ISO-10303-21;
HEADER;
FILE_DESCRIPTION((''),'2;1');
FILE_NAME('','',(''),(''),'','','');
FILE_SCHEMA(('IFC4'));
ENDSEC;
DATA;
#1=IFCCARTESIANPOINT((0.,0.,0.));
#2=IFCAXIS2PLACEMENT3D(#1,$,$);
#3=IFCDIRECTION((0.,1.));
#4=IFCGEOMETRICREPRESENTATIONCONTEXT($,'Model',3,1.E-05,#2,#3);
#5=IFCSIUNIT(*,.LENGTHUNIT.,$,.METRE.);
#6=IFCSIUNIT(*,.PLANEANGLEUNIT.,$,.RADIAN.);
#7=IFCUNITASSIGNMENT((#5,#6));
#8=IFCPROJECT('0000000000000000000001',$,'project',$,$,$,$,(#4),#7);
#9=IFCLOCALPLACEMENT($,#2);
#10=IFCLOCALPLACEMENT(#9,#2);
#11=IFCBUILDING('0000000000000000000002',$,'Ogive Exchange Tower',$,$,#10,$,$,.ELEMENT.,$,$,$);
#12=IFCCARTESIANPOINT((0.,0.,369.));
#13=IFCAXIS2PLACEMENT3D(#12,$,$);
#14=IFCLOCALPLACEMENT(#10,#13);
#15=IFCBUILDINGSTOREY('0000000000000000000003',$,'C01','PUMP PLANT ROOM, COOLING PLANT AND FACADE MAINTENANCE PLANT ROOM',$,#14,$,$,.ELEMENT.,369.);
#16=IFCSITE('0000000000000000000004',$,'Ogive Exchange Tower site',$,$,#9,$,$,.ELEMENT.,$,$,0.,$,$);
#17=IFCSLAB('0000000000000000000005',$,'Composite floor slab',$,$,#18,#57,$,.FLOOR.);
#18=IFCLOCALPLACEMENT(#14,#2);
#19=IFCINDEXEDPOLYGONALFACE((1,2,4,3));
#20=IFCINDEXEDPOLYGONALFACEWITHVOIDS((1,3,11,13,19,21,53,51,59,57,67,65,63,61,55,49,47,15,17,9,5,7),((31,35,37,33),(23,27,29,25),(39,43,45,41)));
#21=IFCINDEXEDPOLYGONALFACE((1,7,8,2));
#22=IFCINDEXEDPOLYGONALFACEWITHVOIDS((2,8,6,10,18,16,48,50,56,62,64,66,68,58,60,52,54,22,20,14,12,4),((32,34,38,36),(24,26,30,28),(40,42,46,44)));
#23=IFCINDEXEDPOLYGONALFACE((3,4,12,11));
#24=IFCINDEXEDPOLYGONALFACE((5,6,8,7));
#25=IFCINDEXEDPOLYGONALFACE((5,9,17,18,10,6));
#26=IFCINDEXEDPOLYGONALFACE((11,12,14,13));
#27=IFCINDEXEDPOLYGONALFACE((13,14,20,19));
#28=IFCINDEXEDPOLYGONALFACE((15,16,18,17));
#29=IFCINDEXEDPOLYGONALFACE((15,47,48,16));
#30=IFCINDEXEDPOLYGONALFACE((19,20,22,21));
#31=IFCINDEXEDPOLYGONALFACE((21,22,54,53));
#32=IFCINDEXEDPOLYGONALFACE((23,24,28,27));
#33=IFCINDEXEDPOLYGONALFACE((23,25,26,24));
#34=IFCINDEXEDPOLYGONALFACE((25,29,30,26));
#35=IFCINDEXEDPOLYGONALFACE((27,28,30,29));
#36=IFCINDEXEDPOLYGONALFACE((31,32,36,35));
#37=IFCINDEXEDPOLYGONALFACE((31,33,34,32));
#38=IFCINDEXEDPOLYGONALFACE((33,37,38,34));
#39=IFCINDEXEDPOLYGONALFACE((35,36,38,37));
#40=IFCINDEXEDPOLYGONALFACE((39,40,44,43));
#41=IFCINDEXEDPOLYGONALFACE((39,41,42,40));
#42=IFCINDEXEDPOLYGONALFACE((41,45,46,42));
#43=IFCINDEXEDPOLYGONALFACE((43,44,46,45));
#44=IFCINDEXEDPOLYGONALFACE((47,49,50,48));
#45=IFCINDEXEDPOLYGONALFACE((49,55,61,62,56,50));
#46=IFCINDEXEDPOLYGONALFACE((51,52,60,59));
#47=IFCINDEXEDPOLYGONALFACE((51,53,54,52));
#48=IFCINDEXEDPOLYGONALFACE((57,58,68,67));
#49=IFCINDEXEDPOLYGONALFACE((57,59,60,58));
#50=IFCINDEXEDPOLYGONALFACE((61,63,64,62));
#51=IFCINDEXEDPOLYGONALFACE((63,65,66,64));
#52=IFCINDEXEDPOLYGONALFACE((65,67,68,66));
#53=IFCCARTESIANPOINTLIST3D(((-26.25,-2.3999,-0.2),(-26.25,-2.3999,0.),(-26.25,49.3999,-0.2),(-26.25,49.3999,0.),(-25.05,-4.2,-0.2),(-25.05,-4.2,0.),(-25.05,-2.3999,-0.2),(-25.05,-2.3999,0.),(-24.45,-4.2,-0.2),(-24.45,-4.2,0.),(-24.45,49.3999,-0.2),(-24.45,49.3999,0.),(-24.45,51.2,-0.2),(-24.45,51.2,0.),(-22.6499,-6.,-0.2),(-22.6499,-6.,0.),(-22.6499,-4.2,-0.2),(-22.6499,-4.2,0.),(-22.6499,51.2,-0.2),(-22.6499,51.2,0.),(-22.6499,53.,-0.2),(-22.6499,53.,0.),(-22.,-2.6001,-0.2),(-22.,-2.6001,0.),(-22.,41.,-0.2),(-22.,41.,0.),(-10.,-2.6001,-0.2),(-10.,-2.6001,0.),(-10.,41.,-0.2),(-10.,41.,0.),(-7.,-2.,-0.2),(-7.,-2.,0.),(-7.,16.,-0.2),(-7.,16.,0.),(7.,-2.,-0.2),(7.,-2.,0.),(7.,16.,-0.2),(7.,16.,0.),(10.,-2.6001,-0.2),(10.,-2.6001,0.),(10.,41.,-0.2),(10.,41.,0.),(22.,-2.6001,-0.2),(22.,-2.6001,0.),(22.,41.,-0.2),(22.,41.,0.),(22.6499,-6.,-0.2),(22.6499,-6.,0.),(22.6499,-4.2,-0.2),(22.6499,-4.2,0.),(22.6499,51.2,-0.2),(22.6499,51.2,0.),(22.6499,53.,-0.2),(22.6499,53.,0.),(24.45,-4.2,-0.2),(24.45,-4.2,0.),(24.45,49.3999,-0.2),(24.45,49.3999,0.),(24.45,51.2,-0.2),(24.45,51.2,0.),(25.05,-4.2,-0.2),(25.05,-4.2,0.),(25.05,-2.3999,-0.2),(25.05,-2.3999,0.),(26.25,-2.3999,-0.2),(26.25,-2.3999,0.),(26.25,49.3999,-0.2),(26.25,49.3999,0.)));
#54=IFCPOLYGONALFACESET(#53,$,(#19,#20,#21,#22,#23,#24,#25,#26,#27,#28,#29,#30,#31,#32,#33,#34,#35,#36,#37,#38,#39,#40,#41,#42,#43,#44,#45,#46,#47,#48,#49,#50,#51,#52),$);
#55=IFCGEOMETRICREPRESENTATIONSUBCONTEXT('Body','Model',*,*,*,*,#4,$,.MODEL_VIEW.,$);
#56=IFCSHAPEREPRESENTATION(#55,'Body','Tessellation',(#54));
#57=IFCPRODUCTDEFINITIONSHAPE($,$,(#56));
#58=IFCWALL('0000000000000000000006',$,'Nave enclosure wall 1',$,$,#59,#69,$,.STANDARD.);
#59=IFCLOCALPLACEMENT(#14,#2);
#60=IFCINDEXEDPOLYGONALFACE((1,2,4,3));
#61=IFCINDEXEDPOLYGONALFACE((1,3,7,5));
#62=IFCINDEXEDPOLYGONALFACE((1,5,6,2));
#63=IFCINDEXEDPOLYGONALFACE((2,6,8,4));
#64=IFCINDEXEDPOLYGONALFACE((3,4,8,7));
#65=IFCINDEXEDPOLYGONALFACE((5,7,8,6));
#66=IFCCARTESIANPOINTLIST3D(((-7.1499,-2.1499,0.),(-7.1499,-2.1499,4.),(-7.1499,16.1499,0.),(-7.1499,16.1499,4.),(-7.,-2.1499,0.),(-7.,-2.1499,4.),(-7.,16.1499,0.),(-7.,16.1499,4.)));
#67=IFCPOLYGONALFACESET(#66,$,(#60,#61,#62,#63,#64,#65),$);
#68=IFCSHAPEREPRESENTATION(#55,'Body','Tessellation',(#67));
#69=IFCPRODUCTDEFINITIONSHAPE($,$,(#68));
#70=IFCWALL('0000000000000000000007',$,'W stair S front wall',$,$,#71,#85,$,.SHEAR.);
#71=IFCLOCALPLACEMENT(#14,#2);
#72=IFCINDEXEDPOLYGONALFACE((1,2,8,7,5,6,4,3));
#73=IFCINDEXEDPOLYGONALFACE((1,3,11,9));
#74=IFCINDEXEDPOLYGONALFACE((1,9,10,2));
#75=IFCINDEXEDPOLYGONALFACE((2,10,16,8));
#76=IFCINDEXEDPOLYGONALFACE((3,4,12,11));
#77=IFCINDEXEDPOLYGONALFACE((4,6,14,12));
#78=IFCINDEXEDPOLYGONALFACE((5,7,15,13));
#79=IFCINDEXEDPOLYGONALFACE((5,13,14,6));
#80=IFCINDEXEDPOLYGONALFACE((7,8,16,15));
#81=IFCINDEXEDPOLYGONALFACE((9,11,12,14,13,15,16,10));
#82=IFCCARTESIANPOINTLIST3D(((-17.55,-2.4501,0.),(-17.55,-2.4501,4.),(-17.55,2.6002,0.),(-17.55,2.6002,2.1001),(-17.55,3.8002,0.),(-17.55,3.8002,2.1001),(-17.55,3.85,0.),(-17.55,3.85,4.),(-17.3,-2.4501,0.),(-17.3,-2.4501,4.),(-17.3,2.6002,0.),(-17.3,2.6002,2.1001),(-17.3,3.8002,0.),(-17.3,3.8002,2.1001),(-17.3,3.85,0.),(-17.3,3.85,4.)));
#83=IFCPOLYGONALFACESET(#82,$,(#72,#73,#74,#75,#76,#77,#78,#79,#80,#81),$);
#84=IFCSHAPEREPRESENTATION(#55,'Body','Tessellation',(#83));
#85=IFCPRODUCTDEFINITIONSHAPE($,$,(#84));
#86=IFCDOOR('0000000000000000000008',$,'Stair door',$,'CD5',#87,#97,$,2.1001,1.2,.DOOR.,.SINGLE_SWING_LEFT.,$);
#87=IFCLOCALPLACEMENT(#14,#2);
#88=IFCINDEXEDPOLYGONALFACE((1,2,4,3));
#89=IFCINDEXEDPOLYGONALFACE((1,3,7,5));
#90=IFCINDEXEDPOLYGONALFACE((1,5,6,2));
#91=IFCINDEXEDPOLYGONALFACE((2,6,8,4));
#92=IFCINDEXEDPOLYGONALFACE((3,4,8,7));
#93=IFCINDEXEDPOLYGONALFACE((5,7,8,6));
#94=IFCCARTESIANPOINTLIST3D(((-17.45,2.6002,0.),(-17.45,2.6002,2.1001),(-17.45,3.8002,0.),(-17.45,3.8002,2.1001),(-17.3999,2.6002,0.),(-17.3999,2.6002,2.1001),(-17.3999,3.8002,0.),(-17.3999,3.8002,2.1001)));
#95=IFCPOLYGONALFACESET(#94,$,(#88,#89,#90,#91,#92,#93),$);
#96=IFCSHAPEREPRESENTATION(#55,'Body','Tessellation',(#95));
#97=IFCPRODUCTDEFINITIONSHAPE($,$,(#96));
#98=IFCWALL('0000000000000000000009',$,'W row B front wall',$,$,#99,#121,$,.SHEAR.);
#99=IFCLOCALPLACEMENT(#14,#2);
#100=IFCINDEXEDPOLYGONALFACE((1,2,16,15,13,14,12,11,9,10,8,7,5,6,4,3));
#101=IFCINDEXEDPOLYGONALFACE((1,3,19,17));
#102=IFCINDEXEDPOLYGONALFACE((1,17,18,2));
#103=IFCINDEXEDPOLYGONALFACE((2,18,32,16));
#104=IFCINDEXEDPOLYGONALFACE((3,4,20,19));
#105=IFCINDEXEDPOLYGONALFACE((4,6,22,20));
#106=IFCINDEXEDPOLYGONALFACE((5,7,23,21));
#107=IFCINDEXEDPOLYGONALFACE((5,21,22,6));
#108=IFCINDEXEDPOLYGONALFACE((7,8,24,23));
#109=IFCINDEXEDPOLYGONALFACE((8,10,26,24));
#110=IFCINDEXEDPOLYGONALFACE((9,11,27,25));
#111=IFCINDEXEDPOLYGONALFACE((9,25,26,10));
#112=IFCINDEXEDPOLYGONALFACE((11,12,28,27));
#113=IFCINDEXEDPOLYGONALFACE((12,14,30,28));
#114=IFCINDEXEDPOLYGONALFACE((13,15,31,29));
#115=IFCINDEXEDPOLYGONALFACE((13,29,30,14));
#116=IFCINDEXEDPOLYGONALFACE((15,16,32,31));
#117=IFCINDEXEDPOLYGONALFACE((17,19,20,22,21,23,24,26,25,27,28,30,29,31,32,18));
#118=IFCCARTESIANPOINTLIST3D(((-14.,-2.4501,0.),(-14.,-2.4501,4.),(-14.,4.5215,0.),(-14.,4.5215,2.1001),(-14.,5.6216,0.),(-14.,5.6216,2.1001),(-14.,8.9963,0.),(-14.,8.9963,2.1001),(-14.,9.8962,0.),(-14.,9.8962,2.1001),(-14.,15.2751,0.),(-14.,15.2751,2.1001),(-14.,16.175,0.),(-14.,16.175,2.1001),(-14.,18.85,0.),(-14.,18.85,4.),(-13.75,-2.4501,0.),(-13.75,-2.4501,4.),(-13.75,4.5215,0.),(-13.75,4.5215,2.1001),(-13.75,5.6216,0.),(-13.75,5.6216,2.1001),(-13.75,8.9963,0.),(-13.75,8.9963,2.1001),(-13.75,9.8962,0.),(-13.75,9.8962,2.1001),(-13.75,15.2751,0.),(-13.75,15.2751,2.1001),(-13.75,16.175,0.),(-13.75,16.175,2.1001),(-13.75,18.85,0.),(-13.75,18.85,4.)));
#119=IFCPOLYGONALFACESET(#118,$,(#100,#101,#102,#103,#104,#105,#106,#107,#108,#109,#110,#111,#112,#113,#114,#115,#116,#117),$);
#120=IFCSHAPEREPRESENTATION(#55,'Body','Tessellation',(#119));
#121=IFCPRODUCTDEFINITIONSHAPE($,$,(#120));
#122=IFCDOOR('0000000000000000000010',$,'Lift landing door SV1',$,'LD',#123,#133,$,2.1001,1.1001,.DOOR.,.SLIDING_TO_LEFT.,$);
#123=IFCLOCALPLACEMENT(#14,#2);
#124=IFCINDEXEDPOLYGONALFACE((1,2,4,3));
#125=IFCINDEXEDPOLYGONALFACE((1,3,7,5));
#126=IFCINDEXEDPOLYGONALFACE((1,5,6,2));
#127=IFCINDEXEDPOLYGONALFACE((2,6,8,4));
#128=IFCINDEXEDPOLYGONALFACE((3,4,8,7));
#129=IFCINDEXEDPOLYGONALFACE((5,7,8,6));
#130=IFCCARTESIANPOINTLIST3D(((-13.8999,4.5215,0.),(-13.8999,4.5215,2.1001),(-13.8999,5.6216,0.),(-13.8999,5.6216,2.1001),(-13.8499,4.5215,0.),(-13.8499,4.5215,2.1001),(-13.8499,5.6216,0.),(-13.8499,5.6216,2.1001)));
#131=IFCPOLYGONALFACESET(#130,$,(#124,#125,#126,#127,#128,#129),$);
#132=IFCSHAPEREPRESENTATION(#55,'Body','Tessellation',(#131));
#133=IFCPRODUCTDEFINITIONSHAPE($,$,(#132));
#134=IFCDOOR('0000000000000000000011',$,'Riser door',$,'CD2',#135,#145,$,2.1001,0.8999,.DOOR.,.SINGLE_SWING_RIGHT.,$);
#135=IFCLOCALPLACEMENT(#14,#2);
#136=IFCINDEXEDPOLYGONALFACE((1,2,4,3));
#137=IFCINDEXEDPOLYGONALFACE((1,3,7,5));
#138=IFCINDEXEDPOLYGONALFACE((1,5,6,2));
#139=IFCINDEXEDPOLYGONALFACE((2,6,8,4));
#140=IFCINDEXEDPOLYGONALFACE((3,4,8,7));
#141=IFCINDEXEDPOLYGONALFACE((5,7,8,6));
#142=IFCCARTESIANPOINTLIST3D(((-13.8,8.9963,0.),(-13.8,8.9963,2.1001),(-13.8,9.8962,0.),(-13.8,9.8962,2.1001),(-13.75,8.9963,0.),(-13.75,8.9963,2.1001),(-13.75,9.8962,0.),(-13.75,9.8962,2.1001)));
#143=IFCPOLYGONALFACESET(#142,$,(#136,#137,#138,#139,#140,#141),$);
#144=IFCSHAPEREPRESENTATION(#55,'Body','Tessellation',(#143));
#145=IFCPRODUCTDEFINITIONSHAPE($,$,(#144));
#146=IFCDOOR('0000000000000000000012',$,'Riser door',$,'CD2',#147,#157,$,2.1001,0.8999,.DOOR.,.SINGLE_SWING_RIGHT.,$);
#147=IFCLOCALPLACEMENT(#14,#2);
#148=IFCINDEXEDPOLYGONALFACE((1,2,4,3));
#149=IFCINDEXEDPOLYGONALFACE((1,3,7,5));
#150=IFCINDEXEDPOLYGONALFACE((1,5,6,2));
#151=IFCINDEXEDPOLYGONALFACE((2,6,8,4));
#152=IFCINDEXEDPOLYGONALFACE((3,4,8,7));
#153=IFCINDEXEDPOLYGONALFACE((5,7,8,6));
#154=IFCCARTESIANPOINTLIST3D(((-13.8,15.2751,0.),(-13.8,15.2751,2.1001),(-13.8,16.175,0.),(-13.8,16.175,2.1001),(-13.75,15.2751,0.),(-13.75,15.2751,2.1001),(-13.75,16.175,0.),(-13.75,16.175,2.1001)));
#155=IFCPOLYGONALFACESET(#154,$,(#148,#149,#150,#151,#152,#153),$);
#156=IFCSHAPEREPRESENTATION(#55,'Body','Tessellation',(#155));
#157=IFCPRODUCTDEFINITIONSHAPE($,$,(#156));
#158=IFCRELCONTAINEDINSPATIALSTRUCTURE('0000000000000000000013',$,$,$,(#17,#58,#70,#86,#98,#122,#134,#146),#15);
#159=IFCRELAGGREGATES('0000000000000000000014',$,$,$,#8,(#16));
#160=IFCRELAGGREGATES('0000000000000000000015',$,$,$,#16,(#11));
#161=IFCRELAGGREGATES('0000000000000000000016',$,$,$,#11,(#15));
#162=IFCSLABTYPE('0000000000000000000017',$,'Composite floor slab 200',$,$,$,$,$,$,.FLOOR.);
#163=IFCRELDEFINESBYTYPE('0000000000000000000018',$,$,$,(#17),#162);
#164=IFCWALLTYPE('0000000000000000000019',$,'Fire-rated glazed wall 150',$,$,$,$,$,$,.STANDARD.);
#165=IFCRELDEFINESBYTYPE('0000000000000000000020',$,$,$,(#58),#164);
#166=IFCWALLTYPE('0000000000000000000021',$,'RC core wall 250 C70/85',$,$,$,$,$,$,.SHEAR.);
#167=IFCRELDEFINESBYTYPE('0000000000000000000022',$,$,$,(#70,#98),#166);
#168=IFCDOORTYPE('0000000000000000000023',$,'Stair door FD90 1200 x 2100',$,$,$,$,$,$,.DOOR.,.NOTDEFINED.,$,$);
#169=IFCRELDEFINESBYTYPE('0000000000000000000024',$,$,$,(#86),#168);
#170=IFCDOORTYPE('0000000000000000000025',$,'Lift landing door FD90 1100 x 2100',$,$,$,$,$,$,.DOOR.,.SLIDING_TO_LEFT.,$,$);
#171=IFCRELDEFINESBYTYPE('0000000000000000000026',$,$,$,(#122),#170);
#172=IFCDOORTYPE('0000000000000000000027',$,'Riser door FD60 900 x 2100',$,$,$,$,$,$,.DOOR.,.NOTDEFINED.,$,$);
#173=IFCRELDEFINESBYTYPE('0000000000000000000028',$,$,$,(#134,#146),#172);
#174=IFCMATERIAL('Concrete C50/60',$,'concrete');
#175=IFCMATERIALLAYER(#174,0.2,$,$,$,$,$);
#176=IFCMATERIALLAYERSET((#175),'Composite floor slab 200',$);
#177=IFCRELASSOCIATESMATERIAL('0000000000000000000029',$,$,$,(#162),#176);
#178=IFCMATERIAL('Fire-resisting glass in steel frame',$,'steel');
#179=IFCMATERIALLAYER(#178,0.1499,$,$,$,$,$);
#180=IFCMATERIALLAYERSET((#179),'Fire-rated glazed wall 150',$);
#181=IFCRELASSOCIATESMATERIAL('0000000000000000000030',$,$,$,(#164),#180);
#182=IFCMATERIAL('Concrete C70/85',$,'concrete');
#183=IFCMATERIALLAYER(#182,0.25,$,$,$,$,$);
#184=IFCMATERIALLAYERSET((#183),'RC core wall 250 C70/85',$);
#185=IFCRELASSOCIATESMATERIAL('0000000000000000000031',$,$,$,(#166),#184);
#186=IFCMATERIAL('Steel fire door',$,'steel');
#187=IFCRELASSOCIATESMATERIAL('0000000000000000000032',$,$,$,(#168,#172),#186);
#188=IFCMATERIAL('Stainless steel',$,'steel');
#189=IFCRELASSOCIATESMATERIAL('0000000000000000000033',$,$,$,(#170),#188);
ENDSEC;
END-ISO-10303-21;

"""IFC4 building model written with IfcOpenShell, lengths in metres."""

from ifc_helpers import new_model, si_unit, direction, frame, frame_2d, origin, place, context, subcontext, project, spatial, polyline, rectangle, outline, extrude, material, layer, layer_set, type_object, element, fill, save


model = new_model("IFC4")

# Units and contexts
model_context = context("Model", 3, precision=1e-05, world=origin(), true_north=direction((0.0, 1.0)))
body_context = subcontext(model_context, "Body", "Model", "MODEL_VIEW")
ifc_project = project(units=[si_unit("LENGTHUNIT", "METRE"), si_unit("PLANEANGLEUNIT", "RADIAN")], contexts=[model_context])

# Site, building, storey
site_placement = place(None, origin())
site = spatial("IfcSite", under=ifc_project, at=site_placement, Name="Ogive Exchange Tower site", CompositionType="ELEMENT", RefElevation=0.0)
building_placement = place(site_placement, origin())
building = spatial("IfcBuilding", under=site, at=building_placement, Name="Ogive Exchange Tower", CompositionType="ELEMENT")
storey_placement = place(building_placement, frame((0.0, 0.0, 369.0)))
storey = spatial("IfcBuildingStorey", under=building, at=storey_placement, Name="C01", Description="PUMP PLANT ROOM, COOLING PLANT AND FACADE MAINTENANCE PLANT ROOM", CompositionType="ELEMENT", Elevation=369.0)

# Slab
ifc_material_1 = material(Name="Concrete C50/60", Category="concrete")
ifc_layer_1 = layer(ifc_material_1, 0.2)
ifc_layer_set_1 = layer_set([ifc_layer_1], Name="Composite floor slab 200")
slab_type = type_object("IfcSlabType", Name="Composite floor slab 200", PredefinedType="FLOOR", material=ifc_layer_set_1)
slab_placement = place(storey_placement, frame((0.0, 0.0, -0.2)))
element("IfcSlab", 1, at=slab_placement, inside=storey, type_object=slab_type, Name="Composite floor slab", PredefinedType="FLOOR", context=body_context, shape_type="SweptSolid", body=[
    extrude(outline(polyline([(-24.45, -2.3999), (-24.45, -2.3999), (-26.25, -2.3999), (-26.25, 49.3999), (-24.45, 49.3999), (-24.45, 51.2), (-22.6499, 51.2), (-22.6499, 53.0), (22.6499, 53.0), (22.6499, 51.2), (24.45, 51.2), (24.45, 49.3999), (26.25, 49.3999), (26.25, -2.3999), (24.45, -2.3999), (24.45, -2.3999), (25.05, -2.3999), (25.05, -4.2), (24.45, -4.2), (24.45, -4.2), (22.6499, -4.2), (22.6499, -6.0), (-22.6499, -6.0), (-22.6499, -4.2), (-24.45, -4.2), (-24.45, -4.2), (-25.05, -4.2), (-25.05, -2.3999), (-24.45, -2.3999)]), holes=[polyline([(7.0, -2.0), (7.0, 16.0), (-7.0, 16.0), (-7.0, -2.0), (7.0, -2.0)]), polyline([(-22.0, -2.6001), (-10.0, -2.6001), (-10.0, 41.0), (-22.0, 41.0), (-22.0, -2.6001)]), polyline([(10.0, -2.6001), (22.0, -2.6001), (22.0, 41.0), (10.0, 41.0), (10.0, -2.6001)])]), origin(), (0.0, 0.0, 1.0), 0.2),
])

# Wall
ifc_material_2 = material(Name="Fire-resisting glass in steel frame", Category="steel")
ifc_layer_2 = layer(ifc_material_2, 0.1499)
ifc_layer_set_2 = layer_set([ifc_layer_2], Name="Fire-rated glazed wall 150")
wall_type_1 = type_object("IfcWallType", Name="Fire-rated glazed wall 150", PredefinedType="STANDARD", material=ifc_layer_set_2)
wall_1_placement = place(storey_placement, frame((-7.075, -2.1499, 0.0), z_axis=(0.0, 0.0, 1.0), x_axis=(0.0, 1.0, 0.0)))
element("IfcWall", 2, at=wall_1_placement, inside=storey, type_object=wall_type_1, Name="Nave enclosure wall 1", PredefinedType="STANDARD", context=body_context, shape_type="SweptSolid", body=[
    extrude(rectangle(XDim=18.2998, YDim=0.1499, at=frame_2d((9.1499, 0.0))), origin(), (0.0, 0.0, 1.0), 4.0),
])

# Wall, opening, door
ifc_material_3 = material(Name="Concrete C70/85", Category="concrete")
ifc_layer_3 = layer(ifc_material_3, 0.25)
ifc_layer_set_3 = layer_set([ifc_layer_3], Name="RC core wall 250 C70/85")
wall_type_2 = type_object("IfcWallType", Name="RC core wall 250 C70/85", PredefinedType="SHEAR", material=ifc_layer_set_3)
wall_2_placement = place(storey_placement, frame((-17.425, -2.45, 0.0), z_axis=(0.0, 0.0, 1.0), x_axis=(0.0, 1.0, 0.0)))
wall_2 = element("IfcWall", 3, at=wall_2_placement, inside=storey, type_object=wall_type_2, Name="W stair S front wall", PredefinedType="SHEAR", context=body_context, shape_type="SweptSolid", body=[
    extrude(rectangle(XDim=6.3, YDim=0.25, at=frame_2d((3.1499, 0.0))), origin(), (0.0, 0.0, 1.0), 4.0),
])
opening_1_placement = place(wall_2_placement, frame((5.05, 0.0, 0.0)))
opening_1 = element("IfcOpeningElement", 4, at=opening_1_placement, cuts=wall_2, PredefinedType="OPENING", context=body_context, shape_type="SweptSolid", body=[
    extrude(rectangle(XDim=1.2, YDim=2.1001, at=frame_2d((0.6001, 1.05))), frame((0.0, 0.135, 0.0), z_axis=(0.0, -1.0, 0.0), x_axis=(1.0, 0.0, 0.0)), (0.0, 0.0, 1.0), 0.27),
])
ifc_material_4 = material(Name="Steel fire door", Category="steel")
door_type_1 = type_object("IfcDoorType", Name="Stair door FD90 1200 x 2100", OperationType="NOTDEFINED", PredefinedType="DOOR", material=ifc_material_4)
door_1_placement = place(opening_1_placement, origin())
door_1 = element("IfcDoor", 5, at=door_1_placement, inside=storey, type_object=door_type_1, Name="Stair door", ObjectType="CD5", OperationType="SINGLE_SWING_LEFT", OverallHeight=2.1001, OverallWidth=1.2, PredefinedType="DOOR", context=body_context, shape_type="SweptSolid", body=[
    extrude(rectangle(XDim=1.2, YDim=2.1001, at=frame_2d((0.6001, 1.05))), frame((0.0, 0.0249, 0.0), z_axis=(0.0, -1.0, 0.0), x_axis=(1.0, 0.0, 0.0)), (0.0, 0.0, 1.0), 0.05),
])
fill(opening_1, door_1)

# Wall, openings, doors
wall_3_placement = place(storey_placement, frame((-13.875, -2.45, 0.0), z_axis=(0.0, 0.0, 1.0), x_axis=(0.0, 1.0, 0.0)))
wall_3 = element("IfcWall", 6, at=wall_3_placement, inside=storey, type_object=wall_type_2, Name="W row B front wall", PredefinedType="SHEAR", context=body_context, shape_type="SweptSolid", body=[
    extrude(rectangle(XDim=21.3, YDim=0.25, at=frame_2d((10.6499, 0.0))), origin(), (0.0, 0.0, 1.0), 4.0),
])
opening_2_placement = place(wall_3_placement, frame((11.4463, 0.0, 0.0)))
opening_2 = element("IfcOpeningElement", 7, at=opening_2_placement, cuts=wall_3, PredefinedType="OPENING", context=body_context, shape_type="SweptSolid", body=[
    extrude(rectangle(XDim=0.8999, YDim=2.1001, at=frame_2d((0.45, 1.05))), frame((0.0, 0.135, 0.0), z_axis=(0.0, -1.0, 0.0), x_axis=(1.0, 0.0, 0.0)), (0.0, 0.0, 1.0), 0.27),
])
opening_3_placement = place(wall_3_placement, frame((17.7251, 0.0, 0.0)))
opening_3 = element("IfcOpeningElement", 8, at=opening_3_placement, cuts=wall_3, PredefinedType="OPENING", context=body_context, shape_type="SweptSolid", body=[
    extrude(rectangle(XDim=0.8999, YDim=2.1001, at=frame_2d((0.45, 1.05))), frame((0.0, 0.135, 0.0), z_axis=(0.0, -1.0, 0.0), x_axis=(1.0, 0.0, 0.0)), (0.0, 0.0, 1.0), 0.27),
])
opening_4_placement = place(wall_3_placement, frame((6.9714, 0.0, 0.0)))
opening_4 = element("IfcOpeningElement", 9, at=opening_4_placement, cuts=wall_3, PredefinedType="OPENING", context=body_context, shape_type="SweptSolid", body=[
    extrude(rectangle(XDim=1.1001, YDim=2.1001, at=frame_2d((0.55, 1.05))), frame((0.0, 0.135, 0.0), z_axis=(0.0, -1.0, 0.0), x_axis=(1.0, 0.0, 0.0)), (0.0, 0.0, 1.0), 0.27),
])
ifc_material_5 = material(Name="Stainless steel", Category="steel")
door_type_2 = type_object("IfcDoorType", Name="Lift landing door FD90 1100 x 2100", OperationType="SLIDING_TO_LEFT", PredefinedType="DOOR", material=ifc_material_5)
door_2_placement = place(opening_4_placement, origin())
door_2 = element("IfcDoor", 10, at=door_2_placement, inside=storey, type_object=door_type_2, Name="Lift landing door SV1", ObjectType="LD", OperationType="SLIDING_TO_LEFT", OverallHeight=2.1001, OverallWidth=1.1001, PredefinedType="DOOR", context=body_context, shape_type="SweptSolid", body=[
    extrude(rectangle(XDim=1.1001, YDim=2.1001, at=frame_2d((0.55, 1.05))), frame((0.0, 0.0249, 0.0), z_axis=(0.0, -1.0, 0.0), x_axis=(1.0, 0.0, 0.0)), (0.0, 0.0, 1.0), 0.05),
])
fill(opening_4, door_2)
door_type_3 = type_object("IfcDoorType", Name="Riser door FD60 900 x 2100", OperationType="NOTDEFINED", PredefinedType="DOOR", material=ifc_material_4)
door_3_placement = place(opening_2_placement, frame((0.8999, -0.2002, 0.0), z_axis=(0.0, 0.0, 1.0), x_axis=(-1.0, 0.0, 0.0)))
door_3 = element("IfcDoor", 11, at=door_3_placement, inside=storey, type_object=door_type_3, Name="Riser door", ObjectType="CD2", OperationType="SINGLE_SWING_RIGHT", OverallHeight=2.1001, OverallWidth=0.8999, PredefinedType="DOOR", context=body_context, shape_type="SweptSolid", body=[
    extrude(rectangle(XDim=0.8999, YDim=2.1001, at=frame_2d((0.45, 1.05))), frame((0.0, -0.0752, 0.0), z_axis=(0.0, -1.0, 0.0), x_axis=(1.0, 0.0, 0.0)), (0.0, 0.0, 1.0), 0.05),
])
fill(opening_2, door_3)
door_4_placement = place(opening_3_placement, frame((0.8999, -0.2002, 0.0), z_axis=(0.0, 0.0, 1.0), x_axis=(-1.0, 0.0, 0.0)))
door_4 = element("IfcDoor", 12, at=door_4_placement, inside=storey, type_object=door_type_3, Name="Riser door", ObjectType="CD2", OperationType="SINGLE_SWING_RIGHT", OverallHeight=2.1001, OverallWidth=0.8999, PredefinedType="DOOR", context=body_context, shape_type="SweptSolid", body=[
    extrude(rectangle(XDim=0.8999, YDim=2.1001, at=frame_2d((0.45, 1.05))), frame((0.0, -0.0752, 0.0), z_axis=(0.0, -1.0, 0.0), x_axis=(1.0, 0.0, 0.0)), (0.0, 0.0, 1.0), 0.05),
])
fill(opening_3, door_4)

save(model, "model.ifc")
